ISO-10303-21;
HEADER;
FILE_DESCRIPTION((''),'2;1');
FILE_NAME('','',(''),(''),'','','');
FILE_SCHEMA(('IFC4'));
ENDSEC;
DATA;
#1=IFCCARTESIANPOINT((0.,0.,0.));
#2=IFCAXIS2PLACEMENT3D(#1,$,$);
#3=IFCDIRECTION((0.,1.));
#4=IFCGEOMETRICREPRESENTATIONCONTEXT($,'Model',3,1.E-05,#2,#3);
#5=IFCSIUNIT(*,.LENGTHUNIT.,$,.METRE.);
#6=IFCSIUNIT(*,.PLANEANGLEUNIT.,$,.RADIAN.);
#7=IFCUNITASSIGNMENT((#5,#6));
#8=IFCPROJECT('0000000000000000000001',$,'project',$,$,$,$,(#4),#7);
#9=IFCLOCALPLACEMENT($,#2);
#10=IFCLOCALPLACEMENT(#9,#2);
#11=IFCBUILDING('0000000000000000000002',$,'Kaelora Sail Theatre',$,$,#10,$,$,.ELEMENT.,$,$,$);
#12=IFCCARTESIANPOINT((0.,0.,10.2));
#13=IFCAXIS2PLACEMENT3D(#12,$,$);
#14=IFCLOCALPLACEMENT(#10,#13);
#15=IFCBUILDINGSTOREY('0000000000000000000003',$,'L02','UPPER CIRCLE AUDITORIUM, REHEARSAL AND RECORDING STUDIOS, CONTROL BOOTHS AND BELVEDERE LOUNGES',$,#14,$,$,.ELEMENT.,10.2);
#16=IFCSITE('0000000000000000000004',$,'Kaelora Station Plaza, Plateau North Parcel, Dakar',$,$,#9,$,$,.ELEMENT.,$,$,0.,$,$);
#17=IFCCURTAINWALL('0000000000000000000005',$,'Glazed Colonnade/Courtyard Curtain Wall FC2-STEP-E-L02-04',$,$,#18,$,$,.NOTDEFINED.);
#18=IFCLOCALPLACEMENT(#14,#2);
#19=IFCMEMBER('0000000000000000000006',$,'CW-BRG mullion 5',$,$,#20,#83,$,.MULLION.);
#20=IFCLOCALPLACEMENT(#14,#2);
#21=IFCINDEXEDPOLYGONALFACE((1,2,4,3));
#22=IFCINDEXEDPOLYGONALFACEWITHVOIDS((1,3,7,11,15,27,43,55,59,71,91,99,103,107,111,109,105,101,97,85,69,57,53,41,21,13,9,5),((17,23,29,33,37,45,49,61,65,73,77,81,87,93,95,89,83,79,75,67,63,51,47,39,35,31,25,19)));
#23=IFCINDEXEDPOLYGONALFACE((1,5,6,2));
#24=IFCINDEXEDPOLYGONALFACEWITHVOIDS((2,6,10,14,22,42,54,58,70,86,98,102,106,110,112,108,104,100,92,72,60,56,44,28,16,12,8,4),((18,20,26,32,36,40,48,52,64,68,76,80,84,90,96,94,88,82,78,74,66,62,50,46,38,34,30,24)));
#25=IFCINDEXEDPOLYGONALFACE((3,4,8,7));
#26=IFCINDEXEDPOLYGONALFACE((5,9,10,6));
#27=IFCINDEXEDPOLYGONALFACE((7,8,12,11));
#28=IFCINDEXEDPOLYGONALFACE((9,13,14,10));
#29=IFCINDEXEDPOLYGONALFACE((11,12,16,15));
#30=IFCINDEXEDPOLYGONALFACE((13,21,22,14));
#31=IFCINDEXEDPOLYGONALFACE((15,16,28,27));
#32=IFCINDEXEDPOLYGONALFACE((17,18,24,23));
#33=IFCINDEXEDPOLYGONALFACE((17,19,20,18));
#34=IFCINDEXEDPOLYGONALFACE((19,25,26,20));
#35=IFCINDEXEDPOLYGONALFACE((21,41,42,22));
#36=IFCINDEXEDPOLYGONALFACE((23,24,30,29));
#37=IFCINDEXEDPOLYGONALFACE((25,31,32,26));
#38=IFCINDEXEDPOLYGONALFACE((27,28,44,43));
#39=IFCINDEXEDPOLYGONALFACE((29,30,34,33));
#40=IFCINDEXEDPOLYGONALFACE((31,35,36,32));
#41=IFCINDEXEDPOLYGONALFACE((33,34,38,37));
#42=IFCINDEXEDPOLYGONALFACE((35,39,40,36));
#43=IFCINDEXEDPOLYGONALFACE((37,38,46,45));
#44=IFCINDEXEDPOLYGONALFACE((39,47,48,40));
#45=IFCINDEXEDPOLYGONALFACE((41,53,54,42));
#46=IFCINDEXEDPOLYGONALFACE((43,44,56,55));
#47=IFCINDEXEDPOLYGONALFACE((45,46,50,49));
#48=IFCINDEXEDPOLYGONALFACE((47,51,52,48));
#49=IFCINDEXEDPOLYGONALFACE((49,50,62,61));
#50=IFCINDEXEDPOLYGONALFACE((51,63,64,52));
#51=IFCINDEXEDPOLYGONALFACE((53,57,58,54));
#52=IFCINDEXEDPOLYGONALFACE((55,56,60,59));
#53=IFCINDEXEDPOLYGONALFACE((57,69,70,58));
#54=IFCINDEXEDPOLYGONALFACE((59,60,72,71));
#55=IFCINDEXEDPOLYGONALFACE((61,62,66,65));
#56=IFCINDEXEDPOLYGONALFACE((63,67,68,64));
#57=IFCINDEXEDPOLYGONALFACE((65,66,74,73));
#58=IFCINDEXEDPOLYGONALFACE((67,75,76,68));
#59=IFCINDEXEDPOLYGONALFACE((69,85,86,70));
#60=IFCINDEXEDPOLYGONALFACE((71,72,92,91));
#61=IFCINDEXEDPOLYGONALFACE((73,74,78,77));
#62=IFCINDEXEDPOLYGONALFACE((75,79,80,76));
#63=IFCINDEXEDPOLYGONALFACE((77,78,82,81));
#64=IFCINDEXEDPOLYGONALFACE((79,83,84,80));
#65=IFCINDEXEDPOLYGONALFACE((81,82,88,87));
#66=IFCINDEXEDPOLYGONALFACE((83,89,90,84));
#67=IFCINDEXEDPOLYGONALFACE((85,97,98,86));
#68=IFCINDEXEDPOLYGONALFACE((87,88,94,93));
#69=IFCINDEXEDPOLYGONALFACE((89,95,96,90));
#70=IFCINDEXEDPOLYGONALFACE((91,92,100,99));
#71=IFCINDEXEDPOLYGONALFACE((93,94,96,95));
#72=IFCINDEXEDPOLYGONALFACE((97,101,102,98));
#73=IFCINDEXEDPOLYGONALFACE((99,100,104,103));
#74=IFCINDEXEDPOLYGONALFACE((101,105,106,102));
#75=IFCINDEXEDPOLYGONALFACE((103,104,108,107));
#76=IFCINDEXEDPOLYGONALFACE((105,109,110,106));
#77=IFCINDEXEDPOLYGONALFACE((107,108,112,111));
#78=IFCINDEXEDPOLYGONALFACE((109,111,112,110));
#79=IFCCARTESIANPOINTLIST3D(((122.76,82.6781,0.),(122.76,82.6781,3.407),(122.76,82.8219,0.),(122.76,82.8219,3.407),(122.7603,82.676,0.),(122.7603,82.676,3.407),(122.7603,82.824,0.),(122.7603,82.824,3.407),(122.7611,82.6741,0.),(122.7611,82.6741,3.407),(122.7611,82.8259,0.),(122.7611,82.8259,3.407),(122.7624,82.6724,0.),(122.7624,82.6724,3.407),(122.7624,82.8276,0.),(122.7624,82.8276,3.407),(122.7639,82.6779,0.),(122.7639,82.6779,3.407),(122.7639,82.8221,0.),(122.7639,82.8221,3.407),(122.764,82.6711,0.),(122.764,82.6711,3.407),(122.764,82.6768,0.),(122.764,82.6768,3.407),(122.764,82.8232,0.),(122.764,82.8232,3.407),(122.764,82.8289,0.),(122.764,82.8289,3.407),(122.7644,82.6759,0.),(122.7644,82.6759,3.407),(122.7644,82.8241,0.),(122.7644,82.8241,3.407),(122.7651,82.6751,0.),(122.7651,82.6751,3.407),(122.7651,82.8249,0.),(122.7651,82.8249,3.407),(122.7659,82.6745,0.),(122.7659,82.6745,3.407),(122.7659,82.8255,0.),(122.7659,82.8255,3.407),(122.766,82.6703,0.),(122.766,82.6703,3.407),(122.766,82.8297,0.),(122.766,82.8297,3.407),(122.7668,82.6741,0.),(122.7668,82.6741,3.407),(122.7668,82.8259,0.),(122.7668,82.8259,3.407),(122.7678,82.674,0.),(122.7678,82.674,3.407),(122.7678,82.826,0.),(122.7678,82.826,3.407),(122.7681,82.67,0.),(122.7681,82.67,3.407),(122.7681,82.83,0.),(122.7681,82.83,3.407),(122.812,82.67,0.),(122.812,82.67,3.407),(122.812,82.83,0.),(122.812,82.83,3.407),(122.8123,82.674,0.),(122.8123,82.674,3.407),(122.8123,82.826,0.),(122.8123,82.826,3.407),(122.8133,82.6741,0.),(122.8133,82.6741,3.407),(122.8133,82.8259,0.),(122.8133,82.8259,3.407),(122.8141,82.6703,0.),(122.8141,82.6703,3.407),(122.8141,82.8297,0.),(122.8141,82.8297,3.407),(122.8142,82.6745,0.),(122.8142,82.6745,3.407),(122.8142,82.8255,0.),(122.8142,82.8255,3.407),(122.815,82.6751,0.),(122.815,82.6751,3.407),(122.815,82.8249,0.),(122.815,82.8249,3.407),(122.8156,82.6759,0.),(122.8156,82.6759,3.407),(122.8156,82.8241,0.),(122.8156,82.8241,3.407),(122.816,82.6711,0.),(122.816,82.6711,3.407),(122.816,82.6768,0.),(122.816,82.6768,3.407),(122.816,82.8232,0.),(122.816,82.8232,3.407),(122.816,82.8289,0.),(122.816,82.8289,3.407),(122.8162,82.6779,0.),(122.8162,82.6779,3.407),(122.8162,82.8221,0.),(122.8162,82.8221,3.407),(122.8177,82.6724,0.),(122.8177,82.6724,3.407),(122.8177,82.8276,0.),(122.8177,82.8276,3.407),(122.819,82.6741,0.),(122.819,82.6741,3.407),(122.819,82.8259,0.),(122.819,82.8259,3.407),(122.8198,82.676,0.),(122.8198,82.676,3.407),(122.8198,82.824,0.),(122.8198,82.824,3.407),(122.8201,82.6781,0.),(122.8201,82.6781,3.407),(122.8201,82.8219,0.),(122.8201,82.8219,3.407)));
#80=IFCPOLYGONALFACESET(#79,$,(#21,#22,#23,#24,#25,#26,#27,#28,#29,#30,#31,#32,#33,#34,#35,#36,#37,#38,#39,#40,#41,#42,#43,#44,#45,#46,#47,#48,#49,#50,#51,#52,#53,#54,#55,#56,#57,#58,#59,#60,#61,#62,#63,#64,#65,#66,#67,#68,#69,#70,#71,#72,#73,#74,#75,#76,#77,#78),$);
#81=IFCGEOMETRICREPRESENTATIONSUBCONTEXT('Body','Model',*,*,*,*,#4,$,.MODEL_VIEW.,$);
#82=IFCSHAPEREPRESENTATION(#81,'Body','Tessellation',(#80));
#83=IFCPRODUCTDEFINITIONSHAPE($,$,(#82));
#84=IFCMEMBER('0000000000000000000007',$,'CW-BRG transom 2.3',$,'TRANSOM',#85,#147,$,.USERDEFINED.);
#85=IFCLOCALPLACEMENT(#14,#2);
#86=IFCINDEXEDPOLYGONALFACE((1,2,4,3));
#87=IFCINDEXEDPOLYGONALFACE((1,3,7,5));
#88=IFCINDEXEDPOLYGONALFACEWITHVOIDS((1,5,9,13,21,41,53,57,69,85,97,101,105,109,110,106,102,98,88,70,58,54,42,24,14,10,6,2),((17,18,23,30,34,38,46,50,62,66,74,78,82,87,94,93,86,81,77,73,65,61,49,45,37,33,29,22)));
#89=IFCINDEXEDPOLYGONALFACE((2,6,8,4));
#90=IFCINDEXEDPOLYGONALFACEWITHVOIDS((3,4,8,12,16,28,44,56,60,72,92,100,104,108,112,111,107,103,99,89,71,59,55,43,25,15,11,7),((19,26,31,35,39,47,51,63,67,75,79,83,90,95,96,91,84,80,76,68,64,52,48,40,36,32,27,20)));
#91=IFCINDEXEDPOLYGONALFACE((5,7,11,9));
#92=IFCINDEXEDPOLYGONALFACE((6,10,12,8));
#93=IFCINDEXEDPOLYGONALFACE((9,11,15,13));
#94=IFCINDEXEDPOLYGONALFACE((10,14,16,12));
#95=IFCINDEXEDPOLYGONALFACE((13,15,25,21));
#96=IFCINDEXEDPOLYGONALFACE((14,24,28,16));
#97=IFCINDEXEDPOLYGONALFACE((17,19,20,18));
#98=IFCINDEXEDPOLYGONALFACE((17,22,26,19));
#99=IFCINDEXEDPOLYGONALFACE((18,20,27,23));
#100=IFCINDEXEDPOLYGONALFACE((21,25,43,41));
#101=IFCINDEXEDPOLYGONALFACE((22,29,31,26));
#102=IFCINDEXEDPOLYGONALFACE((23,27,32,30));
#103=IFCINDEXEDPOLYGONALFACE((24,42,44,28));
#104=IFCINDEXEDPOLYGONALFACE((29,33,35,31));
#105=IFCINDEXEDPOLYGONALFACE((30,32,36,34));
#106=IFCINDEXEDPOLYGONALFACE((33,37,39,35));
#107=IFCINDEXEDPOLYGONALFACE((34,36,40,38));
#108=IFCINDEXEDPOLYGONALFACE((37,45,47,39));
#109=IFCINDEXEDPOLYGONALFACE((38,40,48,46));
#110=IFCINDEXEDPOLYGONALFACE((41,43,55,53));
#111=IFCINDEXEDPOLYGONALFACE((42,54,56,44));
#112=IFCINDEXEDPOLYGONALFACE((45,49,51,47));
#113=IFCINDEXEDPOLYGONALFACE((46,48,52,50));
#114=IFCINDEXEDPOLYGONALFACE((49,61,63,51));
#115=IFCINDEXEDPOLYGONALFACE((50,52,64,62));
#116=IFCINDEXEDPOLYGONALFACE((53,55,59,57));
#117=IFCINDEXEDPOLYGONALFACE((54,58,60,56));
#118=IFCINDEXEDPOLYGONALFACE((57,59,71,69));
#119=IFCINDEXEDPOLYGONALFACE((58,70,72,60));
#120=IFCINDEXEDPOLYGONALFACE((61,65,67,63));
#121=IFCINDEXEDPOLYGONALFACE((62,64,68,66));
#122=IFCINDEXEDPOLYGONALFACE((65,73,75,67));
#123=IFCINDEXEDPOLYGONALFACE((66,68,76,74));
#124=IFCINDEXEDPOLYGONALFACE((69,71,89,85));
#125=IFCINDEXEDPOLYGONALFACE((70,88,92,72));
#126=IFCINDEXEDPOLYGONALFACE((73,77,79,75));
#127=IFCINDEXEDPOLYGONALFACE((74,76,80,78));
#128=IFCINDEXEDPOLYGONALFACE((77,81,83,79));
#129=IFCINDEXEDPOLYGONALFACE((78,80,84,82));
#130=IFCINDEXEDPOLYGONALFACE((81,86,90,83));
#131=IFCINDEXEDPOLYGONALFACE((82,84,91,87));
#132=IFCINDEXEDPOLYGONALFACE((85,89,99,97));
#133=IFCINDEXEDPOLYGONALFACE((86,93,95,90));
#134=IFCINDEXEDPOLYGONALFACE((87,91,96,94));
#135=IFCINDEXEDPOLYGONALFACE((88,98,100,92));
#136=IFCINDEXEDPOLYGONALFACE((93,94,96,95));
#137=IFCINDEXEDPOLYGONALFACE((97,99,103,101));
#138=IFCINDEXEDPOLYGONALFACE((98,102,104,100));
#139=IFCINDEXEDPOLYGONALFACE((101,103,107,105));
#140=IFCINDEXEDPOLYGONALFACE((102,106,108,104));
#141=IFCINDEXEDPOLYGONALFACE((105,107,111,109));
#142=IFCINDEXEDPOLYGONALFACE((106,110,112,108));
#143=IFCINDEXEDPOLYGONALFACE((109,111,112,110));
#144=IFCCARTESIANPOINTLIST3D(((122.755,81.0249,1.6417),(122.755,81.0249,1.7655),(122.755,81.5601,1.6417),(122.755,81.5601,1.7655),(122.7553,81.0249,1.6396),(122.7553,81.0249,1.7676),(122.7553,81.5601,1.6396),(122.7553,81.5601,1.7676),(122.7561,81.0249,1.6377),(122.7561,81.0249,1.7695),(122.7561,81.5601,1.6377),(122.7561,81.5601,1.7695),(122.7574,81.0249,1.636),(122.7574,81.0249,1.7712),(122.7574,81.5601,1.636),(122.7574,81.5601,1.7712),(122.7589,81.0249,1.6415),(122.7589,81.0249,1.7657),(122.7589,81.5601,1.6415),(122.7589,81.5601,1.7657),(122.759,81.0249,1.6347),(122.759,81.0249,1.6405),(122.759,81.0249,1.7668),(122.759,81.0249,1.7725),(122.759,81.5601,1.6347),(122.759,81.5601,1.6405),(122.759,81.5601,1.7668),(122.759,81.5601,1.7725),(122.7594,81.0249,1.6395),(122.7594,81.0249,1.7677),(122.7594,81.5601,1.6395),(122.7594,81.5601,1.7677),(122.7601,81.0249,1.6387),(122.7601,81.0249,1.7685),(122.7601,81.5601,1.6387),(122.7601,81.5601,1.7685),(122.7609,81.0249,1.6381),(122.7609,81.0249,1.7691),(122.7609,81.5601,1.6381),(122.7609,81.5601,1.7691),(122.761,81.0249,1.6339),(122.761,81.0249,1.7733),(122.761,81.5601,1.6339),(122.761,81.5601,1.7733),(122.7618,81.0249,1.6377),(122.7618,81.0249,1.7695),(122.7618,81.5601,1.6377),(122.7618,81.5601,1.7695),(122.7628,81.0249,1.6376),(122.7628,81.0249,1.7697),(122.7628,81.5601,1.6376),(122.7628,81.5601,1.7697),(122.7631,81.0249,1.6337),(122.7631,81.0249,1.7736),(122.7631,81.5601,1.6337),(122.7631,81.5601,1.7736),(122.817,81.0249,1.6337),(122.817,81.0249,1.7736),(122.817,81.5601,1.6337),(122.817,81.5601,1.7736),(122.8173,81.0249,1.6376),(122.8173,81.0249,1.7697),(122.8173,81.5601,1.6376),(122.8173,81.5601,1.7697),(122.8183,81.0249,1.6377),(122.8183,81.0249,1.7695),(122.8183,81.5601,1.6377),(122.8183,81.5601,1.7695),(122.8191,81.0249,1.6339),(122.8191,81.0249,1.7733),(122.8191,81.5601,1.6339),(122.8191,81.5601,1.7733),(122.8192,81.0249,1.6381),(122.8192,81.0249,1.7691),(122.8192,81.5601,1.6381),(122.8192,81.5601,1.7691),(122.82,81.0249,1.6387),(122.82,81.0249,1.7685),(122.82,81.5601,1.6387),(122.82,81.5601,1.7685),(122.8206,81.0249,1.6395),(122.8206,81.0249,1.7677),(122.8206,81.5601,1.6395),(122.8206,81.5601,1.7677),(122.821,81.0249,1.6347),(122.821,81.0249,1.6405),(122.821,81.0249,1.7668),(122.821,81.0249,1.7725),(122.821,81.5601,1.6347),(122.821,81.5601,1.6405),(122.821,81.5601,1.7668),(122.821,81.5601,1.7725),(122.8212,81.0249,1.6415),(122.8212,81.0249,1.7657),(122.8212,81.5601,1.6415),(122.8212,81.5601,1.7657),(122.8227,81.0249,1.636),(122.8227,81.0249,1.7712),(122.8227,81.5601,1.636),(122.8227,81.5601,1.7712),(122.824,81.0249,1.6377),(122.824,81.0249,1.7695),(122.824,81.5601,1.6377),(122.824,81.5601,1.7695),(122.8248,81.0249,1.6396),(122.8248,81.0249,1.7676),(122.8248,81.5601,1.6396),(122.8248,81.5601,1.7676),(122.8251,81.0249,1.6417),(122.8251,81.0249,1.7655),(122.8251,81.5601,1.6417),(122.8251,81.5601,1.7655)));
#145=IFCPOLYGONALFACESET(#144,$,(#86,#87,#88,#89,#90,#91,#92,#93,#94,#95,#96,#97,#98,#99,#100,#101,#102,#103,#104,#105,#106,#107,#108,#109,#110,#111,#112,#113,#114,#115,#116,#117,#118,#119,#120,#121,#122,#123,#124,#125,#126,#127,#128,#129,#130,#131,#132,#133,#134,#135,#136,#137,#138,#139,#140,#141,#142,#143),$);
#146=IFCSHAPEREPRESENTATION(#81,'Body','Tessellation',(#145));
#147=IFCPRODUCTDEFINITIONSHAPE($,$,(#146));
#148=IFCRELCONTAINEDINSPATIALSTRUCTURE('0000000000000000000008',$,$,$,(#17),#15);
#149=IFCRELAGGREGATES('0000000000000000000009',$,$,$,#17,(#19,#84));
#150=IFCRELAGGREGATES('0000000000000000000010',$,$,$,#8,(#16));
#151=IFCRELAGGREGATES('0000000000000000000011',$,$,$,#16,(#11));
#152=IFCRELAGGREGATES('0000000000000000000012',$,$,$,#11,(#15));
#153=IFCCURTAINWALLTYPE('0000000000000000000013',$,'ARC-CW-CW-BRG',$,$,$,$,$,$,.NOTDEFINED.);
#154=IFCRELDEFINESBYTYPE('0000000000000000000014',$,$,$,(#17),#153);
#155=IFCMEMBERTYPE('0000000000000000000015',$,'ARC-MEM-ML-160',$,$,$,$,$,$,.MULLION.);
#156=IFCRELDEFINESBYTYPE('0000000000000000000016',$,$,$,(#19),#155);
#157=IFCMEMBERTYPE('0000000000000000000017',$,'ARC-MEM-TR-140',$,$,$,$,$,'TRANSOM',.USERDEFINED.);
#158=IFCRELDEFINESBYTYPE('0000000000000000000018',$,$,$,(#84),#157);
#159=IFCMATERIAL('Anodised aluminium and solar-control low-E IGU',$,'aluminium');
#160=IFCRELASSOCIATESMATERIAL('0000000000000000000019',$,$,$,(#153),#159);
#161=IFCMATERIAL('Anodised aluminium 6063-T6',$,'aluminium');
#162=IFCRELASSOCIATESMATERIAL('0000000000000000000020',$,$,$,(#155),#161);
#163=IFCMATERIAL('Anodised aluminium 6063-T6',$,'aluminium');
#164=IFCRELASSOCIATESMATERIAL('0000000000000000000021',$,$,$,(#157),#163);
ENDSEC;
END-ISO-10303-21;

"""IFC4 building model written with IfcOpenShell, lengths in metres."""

from ifc_helpers import new_model, si_unit, direction, frame, origin, origin_2d, place, context, subcontext, project, spatial, hollow_rectangle, extrude, material, material_profile, profile_set, type_object, element, aggregate, save


model = new_model("IFC4")

# Units and contexts
model_context = context("Model", 3, precision=1e-05, world=origin(), true_north=direction((0.0, 1.0)))
body_context = subcontext(model_context, "Body", "Model", "MODEL_VIEW")
ifc_project = project(units=[si_unit("LENGTHUNIT", "METRE"), si_unit("PLANEANGLEUNIT", "RADIAN")], contexts=[model_context])

# Site, building, storey
site_placement = place(None, origin())
site = spatial("IfcSite", under=ifc_project, at=site_placement, Name="Kaelora Station Plaza, Plateau North Parcel, Dakar", CompositionType="ELEMENT", RefElevation=0.0)
building_placement = place(site_placement, origin())
building = spatial("IfcBuilding", under=site, at=building_placement, Name="Kaelora Sail Theatre", CompositionType="ELEMENT")
storey_placement = place(building_placement, frame((0.0, 0.0, 10.2)))
storey = spatial("IfcBuildingStorey", under=building, at=storey_placement, Name="L02", Description="UPPER CIRCLE AUDITORIUM, REHEARSAL AND RECORDING STUDIOS, CONTROL BOOTHS AND BELVEDERE LOUNGES", CompositionType="ELEMENT", Elevation=10.2)

# Curtain wall, members
ifc_material_1 = material(Name="Anodised aluminium and solar-control low-E IGU", Category="aluminium")
curtain_wall_type = type_object("IfcCurtainWallType", Name="ARC-CW-CW-BRG", PredefinedType="NOTDEFINED", material=ifc_material_1)
curtain_wall_placement = place(storey_placement, origin())
curtain_wall = element("IfcCurtainWall", 1, at=curtain_wall_placement, inside=storey, type_object=curtain_wall_type, Name="Glazed Colonnade/Courtyard Curtain Wall FC2-STEP-E-L02-04", PredefinedType="NOTDEFINED")
ifc_material_2 = material(Name="Anodised aluminium 6063-T6", Category="aluminium")
ifc_material_profile_1 = material_profile(ifc_material_2, hollow_rectangle(XDim=0.0601, YDim=0.1599, WallThickness=0.0039, InnerFilletRadius=0.0039, OuterFilletRadius=0.0081, at=origin_2d()), Name="ALU-MULL 60x160x4")
ifc_profile_set_1 = profile_set([ifc_material_profile_1], Name="Anodised aluminium 6063-T6")
member_type_1 = type_object("IfcMemberType", Name="ARC-MEM-ML-160", PredefinedType="MULLION", material=ifc_profile_set_1)
member_1_placement = place(storey_placement, frame((122.79, 82.75, 0.0), z_axis=(0.0, 0.0, 1.0), x_axis=(-1.0, 0.0, 0.0)))
member_1 = element("IfcMember", 2, at=member_1_placement, type_object=member_type_1, Name="CW-BRG mullion 5", PredefinedType="MULLION", context=body_context, shape_type="SweptSolid", body=[
    extrude(hollow_rectangle(XDim=0.0601, YDim=0.1599, WallThickness=0.0039, InnerFilletRadius=0.0039, OuterFilletRadius=0.0081, at=origin_2d()), origin(), (0.0, 0.0, 1.0), 3.407),
])
ifc_material_3 = material(Name="Anodised aluminium 6063-T6", Category="aluminium")
ifc_material_profile_2 = material_profile(ifc_material_3, hollow_rectangle(XDim=0.0701, YDim=0.1399, WallThickness=0.0039, InnerFilletRadius=0.0039, OuterFilletRadius=0.0081, at=origin_2d()), Name="ALU-TRAN 70x140x4")
ifc_profile_set_2 = profile_set([ifc_material_profile_2], Name="Anodised aluminium 6063-T6")
member_type_2 = type_object("IfcMemberType", Name="ARC-MEM-TR-140", ElementType="TRANSOM", PredefinedType="USERDEFINED", material=ifc_profile_set_2)
member_2_placement = place(storey_placement, frame((122.79, 81.0249, 1.7036), z_axis=(0.0, 1.0, 0.0), x_axis=(-1.0, 0.0, 0.0)))
member_2 = element("IfcMember", 3, at=member_2_placement, type_object=member_type_2, Name="CW-BRG transom 2.3", ObjectType="TRANSOM", PredefinedType="USERDEFINED", context=body_context, shape_type="SweptSolid", body=[
    extrude(hollow_rectangle(XDim=0.0701, YDim=0.1399, WallThickness=0.0039, InnerFilletRadius=0.0039, OuterFilletRadius=0.0081, at=origin_2d()), origin(), (0.0, 0.0, 1.0), 0.5352),
])

aggregate(curtain_wall, [member_1, member_2])

save(model, "model.ifc")
